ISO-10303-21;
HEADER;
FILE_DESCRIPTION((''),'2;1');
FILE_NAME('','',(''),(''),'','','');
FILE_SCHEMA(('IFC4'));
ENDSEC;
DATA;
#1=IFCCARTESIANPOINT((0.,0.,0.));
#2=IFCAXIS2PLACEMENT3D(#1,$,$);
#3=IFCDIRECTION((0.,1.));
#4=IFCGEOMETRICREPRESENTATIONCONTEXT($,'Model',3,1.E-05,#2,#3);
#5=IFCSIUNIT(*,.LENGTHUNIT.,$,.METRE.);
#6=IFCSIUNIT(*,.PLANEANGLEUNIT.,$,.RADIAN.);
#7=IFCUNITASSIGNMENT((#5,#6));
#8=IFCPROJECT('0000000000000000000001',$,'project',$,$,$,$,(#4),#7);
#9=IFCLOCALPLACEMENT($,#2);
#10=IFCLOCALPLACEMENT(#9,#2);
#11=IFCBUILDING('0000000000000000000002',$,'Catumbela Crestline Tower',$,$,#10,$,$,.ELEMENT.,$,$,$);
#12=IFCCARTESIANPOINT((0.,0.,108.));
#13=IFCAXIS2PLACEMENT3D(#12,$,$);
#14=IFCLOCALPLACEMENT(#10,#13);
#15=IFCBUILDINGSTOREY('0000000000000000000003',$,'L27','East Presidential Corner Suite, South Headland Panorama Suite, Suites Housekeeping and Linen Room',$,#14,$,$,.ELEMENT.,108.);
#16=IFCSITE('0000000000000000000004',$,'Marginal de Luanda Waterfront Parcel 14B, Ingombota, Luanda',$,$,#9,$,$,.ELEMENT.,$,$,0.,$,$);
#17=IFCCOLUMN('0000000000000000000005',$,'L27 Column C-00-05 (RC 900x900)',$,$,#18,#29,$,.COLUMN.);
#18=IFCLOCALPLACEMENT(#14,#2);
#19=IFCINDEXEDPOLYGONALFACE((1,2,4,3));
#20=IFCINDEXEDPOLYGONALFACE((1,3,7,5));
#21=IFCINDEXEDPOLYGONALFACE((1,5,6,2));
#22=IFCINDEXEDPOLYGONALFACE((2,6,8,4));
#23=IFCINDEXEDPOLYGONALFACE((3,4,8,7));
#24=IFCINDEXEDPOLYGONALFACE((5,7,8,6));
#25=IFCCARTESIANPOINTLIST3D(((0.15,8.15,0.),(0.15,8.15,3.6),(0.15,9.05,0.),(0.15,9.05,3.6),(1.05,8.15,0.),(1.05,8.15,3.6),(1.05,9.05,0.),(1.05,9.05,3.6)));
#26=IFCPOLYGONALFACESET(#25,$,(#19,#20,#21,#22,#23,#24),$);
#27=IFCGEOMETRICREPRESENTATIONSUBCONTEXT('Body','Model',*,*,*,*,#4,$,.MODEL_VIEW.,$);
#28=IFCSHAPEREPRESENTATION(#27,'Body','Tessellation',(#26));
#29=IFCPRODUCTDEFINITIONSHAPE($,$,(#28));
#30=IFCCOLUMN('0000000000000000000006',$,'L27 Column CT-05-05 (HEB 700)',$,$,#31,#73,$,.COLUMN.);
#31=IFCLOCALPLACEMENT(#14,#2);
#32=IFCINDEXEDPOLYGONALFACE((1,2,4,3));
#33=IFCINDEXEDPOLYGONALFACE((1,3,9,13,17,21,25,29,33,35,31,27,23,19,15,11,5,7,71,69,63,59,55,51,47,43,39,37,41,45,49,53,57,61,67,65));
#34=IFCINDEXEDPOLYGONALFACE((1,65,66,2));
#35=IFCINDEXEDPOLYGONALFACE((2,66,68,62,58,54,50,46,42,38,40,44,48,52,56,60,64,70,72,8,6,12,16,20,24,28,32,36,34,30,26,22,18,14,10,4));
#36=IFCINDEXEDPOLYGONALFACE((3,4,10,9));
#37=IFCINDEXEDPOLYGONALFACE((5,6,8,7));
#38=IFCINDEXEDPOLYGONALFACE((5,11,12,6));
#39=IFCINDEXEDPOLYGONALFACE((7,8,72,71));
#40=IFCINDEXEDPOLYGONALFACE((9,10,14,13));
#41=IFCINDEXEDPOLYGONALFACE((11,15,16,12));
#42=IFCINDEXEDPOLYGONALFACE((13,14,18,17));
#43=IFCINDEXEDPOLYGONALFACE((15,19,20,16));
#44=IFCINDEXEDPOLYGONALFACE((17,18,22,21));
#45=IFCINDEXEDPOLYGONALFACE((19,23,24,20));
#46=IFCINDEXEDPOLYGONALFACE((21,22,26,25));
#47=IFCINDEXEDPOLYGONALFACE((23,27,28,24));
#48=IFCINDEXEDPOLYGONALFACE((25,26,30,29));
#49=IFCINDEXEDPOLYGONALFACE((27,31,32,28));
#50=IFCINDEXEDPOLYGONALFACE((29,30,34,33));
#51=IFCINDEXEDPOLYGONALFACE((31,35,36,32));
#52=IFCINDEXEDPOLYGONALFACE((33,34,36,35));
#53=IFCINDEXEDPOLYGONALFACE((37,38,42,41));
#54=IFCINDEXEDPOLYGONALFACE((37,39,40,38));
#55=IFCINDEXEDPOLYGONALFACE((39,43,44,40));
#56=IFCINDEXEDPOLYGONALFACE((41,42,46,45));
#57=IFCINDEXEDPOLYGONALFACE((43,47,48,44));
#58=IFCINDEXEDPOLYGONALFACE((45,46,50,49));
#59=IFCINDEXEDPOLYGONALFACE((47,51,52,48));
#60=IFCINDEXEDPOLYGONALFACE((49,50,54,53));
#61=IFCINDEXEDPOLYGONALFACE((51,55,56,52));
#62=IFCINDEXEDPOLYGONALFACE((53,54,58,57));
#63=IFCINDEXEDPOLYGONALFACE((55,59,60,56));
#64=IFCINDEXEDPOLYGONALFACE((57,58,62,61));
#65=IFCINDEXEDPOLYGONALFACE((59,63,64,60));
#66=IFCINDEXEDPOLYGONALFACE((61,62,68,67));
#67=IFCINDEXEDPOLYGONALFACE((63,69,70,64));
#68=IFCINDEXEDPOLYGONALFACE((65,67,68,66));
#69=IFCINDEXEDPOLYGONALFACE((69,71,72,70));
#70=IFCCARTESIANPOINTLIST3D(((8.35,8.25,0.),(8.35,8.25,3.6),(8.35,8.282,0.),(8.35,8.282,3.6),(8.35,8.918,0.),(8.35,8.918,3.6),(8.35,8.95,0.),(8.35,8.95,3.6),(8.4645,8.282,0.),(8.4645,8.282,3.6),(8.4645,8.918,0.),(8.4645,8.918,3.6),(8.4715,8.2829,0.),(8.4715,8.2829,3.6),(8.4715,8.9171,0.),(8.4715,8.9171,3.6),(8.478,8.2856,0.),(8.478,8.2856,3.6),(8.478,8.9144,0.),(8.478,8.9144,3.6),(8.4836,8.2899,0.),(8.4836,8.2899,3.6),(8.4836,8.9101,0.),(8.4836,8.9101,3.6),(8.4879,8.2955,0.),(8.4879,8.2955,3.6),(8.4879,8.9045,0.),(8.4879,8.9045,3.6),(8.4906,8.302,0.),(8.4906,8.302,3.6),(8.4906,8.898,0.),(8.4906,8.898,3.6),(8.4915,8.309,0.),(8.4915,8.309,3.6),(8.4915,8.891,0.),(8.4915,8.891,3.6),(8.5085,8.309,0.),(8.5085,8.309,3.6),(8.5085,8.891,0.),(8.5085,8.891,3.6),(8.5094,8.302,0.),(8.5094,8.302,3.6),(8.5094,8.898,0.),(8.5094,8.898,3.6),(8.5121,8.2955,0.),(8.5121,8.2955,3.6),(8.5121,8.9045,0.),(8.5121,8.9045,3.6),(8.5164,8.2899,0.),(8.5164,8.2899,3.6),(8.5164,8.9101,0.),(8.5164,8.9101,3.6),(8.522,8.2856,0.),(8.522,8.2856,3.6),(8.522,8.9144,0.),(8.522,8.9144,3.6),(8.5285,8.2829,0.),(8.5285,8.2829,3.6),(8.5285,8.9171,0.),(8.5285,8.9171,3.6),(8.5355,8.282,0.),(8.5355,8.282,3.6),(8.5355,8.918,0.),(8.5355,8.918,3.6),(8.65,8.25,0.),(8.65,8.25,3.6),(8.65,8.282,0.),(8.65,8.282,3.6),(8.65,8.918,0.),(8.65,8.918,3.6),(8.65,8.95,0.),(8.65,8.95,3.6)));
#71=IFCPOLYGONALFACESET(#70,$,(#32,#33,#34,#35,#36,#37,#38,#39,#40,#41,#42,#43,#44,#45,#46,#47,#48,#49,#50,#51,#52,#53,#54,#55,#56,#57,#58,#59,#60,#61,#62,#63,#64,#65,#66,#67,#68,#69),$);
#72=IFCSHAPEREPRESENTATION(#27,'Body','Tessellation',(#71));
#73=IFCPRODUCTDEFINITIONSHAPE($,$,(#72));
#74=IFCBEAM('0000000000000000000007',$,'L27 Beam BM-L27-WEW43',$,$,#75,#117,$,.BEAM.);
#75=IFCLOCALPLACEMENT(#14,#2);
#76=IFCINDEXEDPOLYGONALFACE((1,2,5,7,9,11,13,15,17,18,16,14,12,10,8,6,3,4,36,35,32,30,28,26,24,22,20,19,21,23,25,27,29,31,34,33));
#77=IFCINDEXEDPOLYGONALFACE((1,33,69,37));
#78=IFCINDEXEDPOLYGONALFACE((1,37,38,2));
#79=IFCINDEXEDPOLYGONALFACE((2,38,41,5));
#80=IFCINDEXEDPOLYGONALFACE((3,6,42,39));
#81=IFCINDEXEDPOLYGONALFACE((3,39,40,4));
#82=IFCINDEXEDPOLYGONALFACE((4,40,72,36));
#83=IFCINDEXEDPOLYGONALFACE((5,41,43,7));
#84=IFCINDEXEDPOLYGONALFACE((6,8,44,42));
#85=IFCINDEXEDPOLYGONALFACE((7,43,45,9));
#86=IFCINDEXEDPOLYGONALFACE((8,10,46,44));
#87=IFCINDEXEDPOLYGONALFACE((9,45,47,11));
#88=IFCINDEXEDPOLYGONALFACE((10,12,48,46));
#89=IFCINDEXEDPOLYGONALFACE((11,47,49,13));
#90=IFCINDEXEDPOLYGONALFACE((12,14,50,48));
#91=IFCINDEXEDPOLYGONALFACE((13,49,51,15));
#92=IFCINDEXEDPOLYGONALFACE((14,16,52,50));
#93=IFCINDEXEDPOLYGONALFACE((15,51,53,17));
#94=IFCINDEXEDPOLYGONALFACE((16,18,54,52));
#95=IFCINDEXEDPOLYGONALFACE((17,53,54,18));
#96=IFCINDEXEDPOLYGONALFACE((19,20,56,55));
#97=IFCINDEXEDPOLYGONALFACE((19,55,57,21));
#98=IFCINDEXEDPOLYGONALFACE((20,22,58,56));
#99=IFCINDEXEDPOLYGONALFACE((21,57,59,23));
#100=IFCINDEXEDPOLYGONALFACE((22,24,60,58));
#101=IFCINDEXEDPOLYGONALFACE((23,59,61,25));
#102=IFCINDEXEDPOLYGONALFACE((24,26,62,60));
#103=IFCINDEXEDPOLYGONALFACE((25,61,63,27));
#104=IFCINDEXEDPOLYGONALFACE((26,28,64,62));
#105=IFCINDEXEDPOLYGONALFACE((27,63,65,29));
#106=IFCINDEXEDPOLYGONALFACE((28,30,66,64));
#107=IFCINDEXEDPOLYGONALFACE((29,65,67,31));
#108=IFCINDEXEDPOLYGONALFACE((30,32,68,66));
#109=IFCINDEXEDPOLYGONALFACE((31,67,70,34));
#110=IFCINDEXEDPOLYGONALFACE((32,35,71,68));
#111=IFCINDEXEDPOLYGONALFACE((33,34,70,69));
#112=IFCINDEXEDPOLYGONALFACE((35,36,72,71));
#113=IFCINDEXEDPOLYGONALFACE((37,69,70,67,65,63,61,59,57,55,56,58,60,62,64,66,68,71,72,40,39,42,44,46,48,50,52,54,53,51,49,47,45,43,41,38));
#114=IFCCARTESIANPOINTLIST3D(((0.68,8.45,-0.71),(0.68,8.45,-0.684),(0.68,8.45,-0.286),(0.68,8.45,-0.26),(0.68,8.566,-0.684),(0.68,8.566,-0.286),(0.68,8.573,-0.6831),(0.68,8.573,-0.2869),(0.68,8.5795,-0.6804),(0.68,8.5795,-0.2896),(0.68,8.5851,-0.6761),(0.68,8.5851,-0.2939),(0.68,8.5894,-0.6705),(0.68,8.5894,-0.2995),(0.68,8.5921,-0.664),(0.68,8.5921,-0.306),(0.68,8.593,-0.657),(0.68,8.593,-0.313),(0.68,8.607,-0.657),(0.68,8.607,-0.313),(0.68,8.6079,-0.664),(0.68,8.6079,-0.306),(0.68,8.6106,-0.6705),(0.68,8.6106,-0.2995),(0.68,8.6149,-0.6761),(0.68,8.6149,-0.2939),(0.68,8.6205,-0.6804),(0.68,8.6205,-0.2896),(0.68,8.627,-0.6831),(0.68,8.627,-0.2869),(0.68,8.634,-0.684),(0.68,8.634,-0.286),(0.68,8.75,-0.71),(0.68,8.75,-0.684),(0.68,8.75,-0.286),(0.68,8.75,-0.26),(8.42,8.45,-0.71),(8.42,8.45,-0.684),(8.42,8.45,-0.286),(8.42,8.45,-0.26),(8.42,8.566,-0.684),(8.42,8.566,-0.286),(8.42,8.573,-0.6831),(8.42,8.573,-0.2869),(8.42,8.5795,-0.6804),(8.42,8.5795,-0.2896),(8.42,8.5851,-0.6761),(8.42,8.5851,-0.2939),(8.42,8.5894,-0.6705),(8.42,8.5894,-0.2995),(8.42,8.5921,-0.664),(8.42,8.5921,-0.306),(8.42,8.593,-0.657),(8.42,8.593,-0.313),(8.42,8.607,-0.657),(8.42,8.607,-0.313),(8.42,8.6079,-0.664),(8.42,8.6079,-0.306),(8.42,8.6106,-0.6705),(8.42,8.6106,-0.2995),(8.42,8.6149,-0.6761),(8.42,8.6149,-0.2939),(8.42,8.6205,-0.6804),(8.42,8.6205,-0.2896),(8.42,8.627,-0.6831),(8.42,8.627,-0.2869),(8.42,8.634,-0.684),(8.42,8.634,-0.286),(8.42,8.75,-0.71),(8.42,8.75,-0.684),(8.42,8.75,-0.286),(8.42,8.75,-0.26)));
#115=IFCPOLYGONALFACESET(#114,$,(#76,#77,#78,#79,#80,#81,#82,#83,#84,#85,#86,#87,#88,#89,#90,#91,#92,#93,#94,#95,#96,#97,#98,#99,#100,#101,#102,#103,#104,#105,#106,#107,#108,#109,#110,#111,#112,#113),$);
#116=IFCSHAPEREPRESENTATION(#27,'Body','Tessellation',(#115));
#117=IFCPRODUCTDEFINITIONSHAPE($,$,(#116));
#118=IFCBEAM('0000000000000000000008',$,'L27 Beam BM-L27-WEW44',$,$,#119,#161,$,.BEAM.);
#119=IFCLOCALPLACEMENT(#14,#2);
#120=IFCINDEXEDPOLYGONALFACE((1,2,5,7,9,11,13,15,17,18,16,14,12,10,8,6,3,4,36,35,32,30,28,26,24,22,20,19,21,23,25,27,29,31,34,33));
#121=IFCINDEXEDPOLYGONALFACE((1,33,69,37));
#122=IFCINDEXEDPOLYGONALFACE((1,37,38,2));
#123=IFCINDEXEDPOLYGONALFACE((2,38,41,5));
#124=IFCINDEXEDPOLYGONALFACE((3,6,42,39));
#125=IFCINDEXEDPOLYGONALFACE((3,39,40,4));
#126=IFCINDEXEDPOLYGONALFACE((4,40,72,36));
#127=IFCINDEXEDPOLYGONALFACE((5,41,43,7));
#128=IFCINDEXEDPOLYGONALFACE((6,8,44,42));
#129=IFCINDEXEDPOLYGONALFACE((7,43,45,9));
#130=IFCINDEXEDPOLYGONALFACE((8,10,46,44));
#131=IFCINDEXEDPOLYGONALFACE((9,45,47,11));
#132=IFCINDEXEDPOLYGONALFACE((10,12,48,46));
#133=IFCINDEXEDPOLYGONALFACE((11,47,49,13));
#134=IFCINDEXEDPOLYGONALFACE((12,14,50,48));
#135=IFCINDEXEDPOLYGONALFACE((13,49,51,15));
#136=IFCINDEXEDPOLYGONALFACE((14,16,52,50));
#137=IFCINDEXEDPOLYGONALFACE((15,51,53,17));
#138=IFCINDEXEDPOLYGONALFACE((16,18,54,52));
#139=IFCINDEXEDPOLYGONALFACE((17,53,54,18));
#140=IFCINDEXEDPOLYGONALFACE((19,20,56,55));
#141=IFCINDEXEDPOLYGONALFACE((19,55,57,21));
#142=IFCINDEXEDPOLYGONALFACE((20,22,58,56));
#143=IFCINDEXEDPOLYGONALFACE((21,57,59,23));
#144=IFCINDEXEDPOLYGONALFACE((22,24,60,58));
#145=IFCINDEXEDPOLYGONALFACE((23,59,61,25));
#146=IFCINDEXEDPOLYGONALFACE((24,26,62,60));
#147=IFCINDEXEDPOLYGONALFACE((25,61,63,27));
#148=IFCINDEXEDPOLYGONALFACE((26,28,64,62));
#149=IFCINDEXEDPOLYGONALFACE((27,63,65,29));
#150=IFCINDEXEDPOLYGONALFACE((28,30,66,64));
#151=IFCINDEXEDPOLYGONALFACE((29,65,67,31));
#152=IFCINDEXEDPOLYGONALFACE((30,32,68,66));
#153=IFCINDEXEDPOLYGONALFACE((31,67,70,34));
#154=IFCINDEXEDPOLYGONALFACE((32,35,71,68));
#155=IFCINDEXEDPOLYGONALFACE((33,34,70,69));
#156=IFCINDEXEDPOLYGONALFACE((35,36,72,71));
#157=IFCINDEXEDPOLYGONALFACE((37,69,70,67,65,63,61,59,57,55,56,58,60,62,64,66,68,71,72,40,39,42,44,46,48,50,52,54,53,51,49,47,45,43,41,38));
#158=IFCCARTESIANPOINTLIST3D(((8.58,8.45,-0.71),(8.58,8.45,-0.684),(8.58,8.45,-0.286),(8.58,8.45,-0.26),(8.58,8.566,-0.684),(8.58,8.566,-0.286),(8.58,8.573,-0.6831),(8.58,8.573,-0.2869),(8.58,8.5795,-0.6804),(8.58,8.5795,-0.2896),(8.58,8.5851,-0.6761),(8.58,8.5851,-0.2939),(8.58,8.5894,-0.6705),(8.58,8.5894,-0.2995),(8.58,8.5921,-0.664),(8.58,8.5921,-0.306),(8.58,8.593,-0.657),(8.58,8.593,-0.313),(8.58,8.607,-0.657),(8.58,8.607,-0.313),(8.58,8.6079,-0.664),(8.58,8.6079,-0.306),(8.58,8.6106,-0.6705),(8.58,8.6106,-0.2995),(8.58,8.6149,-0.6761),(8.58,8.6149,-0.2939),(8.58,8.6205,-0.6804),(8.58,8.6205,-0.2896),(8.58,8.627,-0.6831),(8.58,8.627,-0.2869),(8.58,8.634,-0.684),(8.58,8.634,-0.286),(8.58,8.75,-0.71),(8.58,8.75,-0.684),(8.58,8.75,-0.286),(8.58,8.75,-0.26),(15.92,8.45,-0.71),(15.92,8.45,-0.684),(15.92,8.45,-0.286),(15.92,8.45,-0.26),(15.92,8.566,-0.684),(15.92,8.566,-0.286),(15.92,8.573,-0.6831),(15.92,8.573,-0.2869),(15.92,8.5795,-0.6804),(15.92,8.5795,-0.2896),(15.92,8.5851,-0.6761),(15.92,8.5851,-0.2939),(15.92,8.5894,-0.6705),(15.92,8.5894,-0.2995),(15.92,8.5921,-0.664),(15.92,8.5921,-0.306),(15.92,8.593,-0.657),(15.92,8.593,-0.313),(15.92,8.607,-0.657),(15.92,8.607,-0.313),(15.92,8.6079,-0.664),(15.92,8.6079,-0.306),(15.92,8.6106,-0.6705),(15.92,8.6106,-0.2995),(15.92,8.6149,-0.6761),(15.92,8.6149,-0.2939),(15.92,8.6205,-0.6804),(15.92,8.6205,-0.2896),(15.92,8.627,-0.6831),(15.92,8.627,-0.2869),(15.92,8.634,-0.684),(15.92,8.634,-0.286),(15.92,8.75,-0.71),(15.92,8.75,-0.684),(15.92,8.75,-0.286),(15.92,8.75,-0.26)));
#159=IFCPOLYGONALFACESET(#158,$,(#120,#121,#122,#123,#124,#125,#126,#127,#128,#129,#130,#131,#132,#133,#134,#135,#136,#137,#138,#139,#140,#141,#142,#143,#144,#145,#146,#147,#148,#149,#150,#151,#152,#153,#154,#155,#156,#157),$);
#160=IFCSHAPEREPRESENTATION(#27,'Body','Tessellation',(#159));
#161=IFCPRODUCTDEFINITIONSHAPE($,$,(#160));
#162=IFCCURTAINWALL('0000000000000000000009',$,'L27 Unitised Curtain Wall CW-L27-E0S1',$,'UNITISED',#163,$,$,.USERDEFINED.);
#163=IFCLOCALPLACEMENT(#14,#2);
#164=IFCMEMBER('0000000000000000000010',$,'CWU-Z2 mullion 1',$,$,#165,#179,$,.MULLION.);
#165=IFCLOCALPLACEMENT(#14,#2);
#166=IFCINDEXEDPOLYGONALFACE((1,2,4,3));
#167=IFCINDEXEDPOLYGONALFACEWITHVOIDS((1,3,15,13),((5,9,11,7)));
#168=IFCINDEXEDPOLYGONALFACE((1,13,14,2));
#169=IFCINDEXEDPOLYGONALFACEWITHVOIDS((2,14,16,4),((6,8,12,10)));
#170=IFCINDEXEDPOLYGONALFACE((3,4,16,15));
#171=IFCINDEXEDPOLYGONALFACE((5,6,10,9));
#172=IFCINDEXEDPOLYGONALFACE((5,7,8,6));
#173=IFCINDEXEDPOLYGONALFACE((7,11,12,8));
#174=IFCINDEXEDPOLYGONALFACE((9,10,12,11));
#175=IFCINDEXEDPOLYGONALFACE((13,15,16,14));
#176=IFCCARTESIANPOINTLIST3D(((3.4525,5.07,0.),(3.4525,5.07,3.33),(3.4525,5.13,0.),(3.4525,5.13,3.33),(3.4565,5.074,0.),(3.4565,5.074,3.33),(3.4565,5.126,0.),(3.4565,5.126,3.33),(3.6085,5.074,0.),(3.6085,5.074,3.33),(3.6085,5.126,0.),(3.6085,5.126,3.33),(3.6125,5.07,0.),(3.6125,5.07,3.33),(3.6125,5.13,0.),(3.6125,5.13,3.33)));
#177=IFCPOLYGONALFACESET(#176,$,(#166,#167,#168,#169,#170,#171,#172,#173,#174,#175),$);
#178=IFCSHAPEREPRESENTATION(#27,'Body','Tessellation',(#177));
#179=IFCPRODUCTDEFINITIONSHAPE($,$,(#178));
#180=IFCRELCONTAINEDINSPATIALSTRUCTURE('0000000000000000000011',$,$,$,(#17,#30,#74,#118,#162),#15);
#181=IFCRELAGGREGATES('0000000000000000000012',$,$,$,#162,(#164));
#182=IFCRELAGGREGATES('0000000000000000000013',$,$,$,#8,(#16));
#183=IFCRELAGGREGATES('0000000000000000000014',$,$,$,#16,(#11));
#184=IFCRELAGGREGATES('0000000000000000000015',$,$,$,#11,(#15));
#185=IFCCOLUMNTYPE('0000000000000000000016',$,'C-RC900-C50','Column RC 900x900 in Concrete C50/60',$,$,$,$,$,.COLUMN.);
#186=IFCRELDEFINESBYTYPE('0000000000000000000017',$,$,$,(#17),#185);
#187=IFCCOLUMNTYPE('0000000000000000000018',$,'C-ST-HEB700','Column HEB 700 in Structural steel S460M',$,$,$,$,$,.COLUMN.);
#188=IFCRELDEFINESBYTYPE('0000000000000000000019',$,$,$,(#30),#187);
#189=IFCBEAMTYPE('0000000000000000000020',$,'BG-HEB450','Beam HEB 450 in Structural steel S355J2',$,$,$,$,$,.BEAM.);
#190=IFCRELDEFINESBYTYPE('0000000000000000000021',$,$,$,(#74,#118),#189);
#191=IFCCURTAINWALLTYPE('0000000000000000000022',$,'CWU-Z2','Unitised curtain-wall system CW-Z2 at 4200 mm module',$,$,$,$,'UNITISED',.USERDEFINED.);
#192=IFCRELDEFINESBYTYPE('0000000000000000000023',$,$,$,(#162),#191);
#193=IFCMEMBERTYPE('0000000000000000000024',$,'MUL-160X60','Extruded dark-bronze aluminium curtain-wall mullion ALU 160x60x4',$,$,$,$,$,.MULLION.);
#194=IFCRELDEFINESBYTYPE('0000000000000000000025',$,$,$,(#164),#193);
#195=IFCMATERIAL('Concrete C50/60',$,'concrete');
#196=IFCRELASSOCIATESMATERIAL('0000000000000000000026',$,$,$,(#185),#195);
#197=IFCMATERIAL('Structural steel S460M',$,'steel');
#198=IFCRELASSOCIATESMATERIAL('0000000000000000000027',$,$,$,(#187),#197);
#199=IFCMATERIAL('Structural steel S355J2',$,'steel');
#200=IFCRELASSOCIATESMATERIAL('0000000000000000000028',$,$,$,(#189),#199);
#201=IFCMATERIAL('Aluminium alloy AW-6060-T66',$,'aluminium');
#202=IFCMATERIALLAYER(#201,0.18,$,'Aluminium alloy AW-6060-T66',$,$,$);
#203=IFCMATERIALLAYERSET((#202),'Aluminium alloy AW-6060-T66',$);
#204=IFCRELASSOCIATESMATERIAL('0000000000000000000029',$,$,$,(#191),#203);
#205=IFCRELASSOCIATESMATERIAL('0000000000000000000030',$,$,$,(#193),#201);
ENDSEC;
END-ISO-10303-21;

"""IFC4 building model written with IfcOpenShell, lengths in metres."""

from ifc_helpers import new_model, si_unit, direction, frame, origin, origin_2d, place, context, subcontext, project, spatial, rectangle, hollow_rectangle, i_section, extrude, material, layer, layer_set, material_profile, profile_set, type_object, element, aggregate, save


model = new_model("IFC4")

# Units and contexts
model_context = context("Model", 3, precision=1e-05, world=origin(), true_north=direction((0.0, 1.0)))
body_context = subcontext(model_context, "Body", "Model", "MODEL_VIEW")
ifc_project = project(units=[si_unit("LENGTHUNIT", "METRE"), si_unit("PLANEANGLEUNIT", "RADIAN")], contexts=[model_context])

# Site, building, storey
site_placement = place(None, origin())
site = spatial("IfcSite", under=ifc_project, at=site_placement, Name="Marginal de Luanda Waterfront Parcel 14B, Ingombota, Luanda", CompositionType="ELEMENT", RefElevation=0.0)
building_placement = place(site_placement, origin())
building = spatial("IfcBuilding", under=site, at=building_placement, Name="Catumbela Crestline Tower", CompositionType="ELEMENT")
storey_placement = place(building_placement, frame((0.0, 0.0, 108.0)))
storey = spatial("IfcBuildingStorey", under=building, at=storey_placement, Name="L27", Description="East Presidential Corner Suite, South Headland Panorama Suite, Suites Housekeeping and Linen Room", CompositionType="ELEMENT", Elevation=108.0)

# Columns
ifc_material_1 = material(Name="Concrete C50/60", Category="concrete")
ifc_material_profile_1 = material_profile(ifc_material_1, rectangle(XDim=0.9, YDim=0.9, at=origin_2d()), Name="RC 900x900")
ifc_profile_set_1 = profile_set([ifc_material_profile_1], Name="Concrete C50/60")
column_type_1 = type_object("IfcColumnType", Name="C-RC900-C50", Description="Column RC 900x900 in Concrete C50/60", PredefinedType="COLUMN", material=ifc_profile_set_1)
column_1_placement = place(storey_placement, frame((0.6, 8.6, 0.0), z_axis=(0.0, 0.0, 1.0), x_axis=(1.0, 0.0, 0.0)))
element("IfcColumn", 1, at=column_1_placement, inside=storey, type_object=column_type_1, Name="L27 Column C-00-05 (RC 900x900)", PredefinedType="COLUMN", context=body_context, shape_type="SweptSolid", body=[
    extrude(rectangle(XDim=0.9, YDim=0.9, at=origin_2d()), origin(), (0.0, 0.0, 1.0), 3.6),
])
ifc_material_2 = material(Name="Structural steel S460M", Category="steel")
ifc_material_profile_2 = material_profile(ifc_material_2, i_section(OverallWidth=0.3, OverallDepth=0.7, WebThickness=0.017, FlangeThickness=0.032, FilletRadius=0.027, at=origin_2d()), Name="HEB 700")
ifc_profile_set_2 = profile_set([ifc_material_profile_2], Name="Structural steel S460M")
column_type_2 = type_object("IfcColumnType", Name="C-ST-HEB700", Description="Column HEB 700 in Structural steel S460M", PredefinedType="COLUMN", material=ifc_profile_set_2)
column_2_placement = place(storey_placement, frame((8.5, 8.6, 0.0), z_axis=(0.0, 0.0, 1.0), x_axis=(1.0, 0.0, 0.0)))
element("IfcColumn", 2, at=column_2_placement, inside=storey, type_object=column_type_2, Name="L27 Column CT-05-05 (HEB 700)", PredefinedType="COLUMN", context=body_context, shape_type="SweptSolid", body=[
    extrude(i_section(OverallWidth=0.3, OverallDepth=0.7, WebThickness=0.017, FlangeThickness=0.032, FilletRadius=0.027, at=origin_2d()), origin(), (0.0, 0.0, 1.0), 3.6),
])

# Beams
ifc_material_3 = material(Name="Structural steel S355J2", Category="steel")
ifc_material_profile_3 = material_profile(ifc_material_3, i_section(OverallWidth=0.3, OverallDepth=0.45, WebThickness=0.014, FlangeThickness=0.026, FilletRadius=0.027, at=origin_2d()), Name="HEB 450")
ifc_profile_set_3 = profile_set([ifc_material_profile_3], Name="Structural steel S355J2")
beam_type = type_object("IfcBeamType", Name="BG-HEB450", Description="Beam HEB 450 in Structural steel S355J2", PredefinedType="BEAM", material=ifc_profile_set_3)
beam_1_placement = place(storey_placement, frame((0.68, 8.6, -0.485), z_axis=(1.0, 0.0, 0.0), x_axis=(0.0, 1.0, 0.0)))
element("IfcBeam", 3, at=beam_1_placement, inside=storey, type_object=beam_type, Name="L27 Beam BM-L27-WEW43", PredefinedType="BEAM", context=body_context, shape_type="SweptSolid", body=[
    extrude(i_section(OverallWidth=0.3, OverallDepth=0.45, WebThickness=0.014, FlangeThickness=0.026, FilletRadius=0.027, at=origin_2d()), origin(), (0.0, 0.0, 1.0), 7.74),
])
beam_2_placement = place(storey_placement, frame((8.58, 8.6, -0.485), z_axis=(1.0, 0.0, 0.0), x_axis=(0.0, 1.0, 0.0)))
element("IfcBeam", 4, at=beam_2_placement, inside=storey, type_object=beam_type, Name="L27 Beam BM-L27-WEW44", PredefinedType="BEAM", context=body_context, shape_type="SweptSolid", body=[
    extrude(i_section(OverallWidth=0.3, OverallDepth=0.45, WebThickness=0.014, FlangeThickness=0.026, FilletRadius=0.027, at=origin_2d()), origin(), (0.0, 0.0, 1.0), 7.34),
])

# Curtain wall, member
ifc_material_4 = material(Name="Aluminium alloy AW-6060-T66", Category="aluminium")
ifc_layer_1 = layer(ifc_material_4, 0.18, Name="Aluminium alloy AW-6060-T66")
ifc_layer_set_1 = layer_set([ifc_layer_1], Name="Aluminium alloy AW-6060-T66")
curtain_wall_type = type_object("IfcCurtainWallType", Name="CWU-Z2", Description="Unitised curtain-wall system CW-Z2 at 4200 mm module", ElementType="UNITISED", PredefinedType="USERDEFINED", material=ifc_layer_set_1)
curtain_wall_placement = place(storey_placement, origin())
curtain_wall = element("IfcCurtainWall", 5, at=curtain_wall_placement, inside=storey, type_object=curtain_wall_type, Name="L27 Unitised Curtain Wall CW-L27-E0S1", ObjectType="UNITISED", PredefinedType="USERDEFINED")
ifc_material_profile_4 = material_profile(ifc_material_4, hollow_rectangle(XDim=0.06, YDim=0.16, WallThickness=0.004, at=origin_2d()), Name="ALU 160x60x4")
ifc_profile_set_4 = profile_set([ifc_material_profile_4], Name="Aluminium alloy AW-6060-T66")
member_type_1 = type_object("IfcMemberType", Name="MUL-160X60", Description="Extruded dark-bronze aluminium curtain-wall mullion ALU 160x60x4", PredefinedType="MULLION", material=ifc_profile_set_4)
member_1_placement = place(storey_placement, frame((3.5325, 5.1, 0.0), z_axis=(0.0, 0.0, 1.0), x_axis=(0.0, 1.0, 0.0)))
member_1 = element("IfcMember", 6, at=member_1_placement, type_object=member_type_1, Name="CWU-Z2 mullion 1", PredefinedType="MULLION", context=body_context, shape_type="SweptSolid", body=[
    extrude(hollow_rectangle(XDim=0.06, YDim=0.16, WallThickness=0.004, at=origin_2d()), origin(), (0.0, 0.0, 1.0), 3.33),
])
aggregate(curtain_wall, [member_1])

save(model, "model.ifc")
